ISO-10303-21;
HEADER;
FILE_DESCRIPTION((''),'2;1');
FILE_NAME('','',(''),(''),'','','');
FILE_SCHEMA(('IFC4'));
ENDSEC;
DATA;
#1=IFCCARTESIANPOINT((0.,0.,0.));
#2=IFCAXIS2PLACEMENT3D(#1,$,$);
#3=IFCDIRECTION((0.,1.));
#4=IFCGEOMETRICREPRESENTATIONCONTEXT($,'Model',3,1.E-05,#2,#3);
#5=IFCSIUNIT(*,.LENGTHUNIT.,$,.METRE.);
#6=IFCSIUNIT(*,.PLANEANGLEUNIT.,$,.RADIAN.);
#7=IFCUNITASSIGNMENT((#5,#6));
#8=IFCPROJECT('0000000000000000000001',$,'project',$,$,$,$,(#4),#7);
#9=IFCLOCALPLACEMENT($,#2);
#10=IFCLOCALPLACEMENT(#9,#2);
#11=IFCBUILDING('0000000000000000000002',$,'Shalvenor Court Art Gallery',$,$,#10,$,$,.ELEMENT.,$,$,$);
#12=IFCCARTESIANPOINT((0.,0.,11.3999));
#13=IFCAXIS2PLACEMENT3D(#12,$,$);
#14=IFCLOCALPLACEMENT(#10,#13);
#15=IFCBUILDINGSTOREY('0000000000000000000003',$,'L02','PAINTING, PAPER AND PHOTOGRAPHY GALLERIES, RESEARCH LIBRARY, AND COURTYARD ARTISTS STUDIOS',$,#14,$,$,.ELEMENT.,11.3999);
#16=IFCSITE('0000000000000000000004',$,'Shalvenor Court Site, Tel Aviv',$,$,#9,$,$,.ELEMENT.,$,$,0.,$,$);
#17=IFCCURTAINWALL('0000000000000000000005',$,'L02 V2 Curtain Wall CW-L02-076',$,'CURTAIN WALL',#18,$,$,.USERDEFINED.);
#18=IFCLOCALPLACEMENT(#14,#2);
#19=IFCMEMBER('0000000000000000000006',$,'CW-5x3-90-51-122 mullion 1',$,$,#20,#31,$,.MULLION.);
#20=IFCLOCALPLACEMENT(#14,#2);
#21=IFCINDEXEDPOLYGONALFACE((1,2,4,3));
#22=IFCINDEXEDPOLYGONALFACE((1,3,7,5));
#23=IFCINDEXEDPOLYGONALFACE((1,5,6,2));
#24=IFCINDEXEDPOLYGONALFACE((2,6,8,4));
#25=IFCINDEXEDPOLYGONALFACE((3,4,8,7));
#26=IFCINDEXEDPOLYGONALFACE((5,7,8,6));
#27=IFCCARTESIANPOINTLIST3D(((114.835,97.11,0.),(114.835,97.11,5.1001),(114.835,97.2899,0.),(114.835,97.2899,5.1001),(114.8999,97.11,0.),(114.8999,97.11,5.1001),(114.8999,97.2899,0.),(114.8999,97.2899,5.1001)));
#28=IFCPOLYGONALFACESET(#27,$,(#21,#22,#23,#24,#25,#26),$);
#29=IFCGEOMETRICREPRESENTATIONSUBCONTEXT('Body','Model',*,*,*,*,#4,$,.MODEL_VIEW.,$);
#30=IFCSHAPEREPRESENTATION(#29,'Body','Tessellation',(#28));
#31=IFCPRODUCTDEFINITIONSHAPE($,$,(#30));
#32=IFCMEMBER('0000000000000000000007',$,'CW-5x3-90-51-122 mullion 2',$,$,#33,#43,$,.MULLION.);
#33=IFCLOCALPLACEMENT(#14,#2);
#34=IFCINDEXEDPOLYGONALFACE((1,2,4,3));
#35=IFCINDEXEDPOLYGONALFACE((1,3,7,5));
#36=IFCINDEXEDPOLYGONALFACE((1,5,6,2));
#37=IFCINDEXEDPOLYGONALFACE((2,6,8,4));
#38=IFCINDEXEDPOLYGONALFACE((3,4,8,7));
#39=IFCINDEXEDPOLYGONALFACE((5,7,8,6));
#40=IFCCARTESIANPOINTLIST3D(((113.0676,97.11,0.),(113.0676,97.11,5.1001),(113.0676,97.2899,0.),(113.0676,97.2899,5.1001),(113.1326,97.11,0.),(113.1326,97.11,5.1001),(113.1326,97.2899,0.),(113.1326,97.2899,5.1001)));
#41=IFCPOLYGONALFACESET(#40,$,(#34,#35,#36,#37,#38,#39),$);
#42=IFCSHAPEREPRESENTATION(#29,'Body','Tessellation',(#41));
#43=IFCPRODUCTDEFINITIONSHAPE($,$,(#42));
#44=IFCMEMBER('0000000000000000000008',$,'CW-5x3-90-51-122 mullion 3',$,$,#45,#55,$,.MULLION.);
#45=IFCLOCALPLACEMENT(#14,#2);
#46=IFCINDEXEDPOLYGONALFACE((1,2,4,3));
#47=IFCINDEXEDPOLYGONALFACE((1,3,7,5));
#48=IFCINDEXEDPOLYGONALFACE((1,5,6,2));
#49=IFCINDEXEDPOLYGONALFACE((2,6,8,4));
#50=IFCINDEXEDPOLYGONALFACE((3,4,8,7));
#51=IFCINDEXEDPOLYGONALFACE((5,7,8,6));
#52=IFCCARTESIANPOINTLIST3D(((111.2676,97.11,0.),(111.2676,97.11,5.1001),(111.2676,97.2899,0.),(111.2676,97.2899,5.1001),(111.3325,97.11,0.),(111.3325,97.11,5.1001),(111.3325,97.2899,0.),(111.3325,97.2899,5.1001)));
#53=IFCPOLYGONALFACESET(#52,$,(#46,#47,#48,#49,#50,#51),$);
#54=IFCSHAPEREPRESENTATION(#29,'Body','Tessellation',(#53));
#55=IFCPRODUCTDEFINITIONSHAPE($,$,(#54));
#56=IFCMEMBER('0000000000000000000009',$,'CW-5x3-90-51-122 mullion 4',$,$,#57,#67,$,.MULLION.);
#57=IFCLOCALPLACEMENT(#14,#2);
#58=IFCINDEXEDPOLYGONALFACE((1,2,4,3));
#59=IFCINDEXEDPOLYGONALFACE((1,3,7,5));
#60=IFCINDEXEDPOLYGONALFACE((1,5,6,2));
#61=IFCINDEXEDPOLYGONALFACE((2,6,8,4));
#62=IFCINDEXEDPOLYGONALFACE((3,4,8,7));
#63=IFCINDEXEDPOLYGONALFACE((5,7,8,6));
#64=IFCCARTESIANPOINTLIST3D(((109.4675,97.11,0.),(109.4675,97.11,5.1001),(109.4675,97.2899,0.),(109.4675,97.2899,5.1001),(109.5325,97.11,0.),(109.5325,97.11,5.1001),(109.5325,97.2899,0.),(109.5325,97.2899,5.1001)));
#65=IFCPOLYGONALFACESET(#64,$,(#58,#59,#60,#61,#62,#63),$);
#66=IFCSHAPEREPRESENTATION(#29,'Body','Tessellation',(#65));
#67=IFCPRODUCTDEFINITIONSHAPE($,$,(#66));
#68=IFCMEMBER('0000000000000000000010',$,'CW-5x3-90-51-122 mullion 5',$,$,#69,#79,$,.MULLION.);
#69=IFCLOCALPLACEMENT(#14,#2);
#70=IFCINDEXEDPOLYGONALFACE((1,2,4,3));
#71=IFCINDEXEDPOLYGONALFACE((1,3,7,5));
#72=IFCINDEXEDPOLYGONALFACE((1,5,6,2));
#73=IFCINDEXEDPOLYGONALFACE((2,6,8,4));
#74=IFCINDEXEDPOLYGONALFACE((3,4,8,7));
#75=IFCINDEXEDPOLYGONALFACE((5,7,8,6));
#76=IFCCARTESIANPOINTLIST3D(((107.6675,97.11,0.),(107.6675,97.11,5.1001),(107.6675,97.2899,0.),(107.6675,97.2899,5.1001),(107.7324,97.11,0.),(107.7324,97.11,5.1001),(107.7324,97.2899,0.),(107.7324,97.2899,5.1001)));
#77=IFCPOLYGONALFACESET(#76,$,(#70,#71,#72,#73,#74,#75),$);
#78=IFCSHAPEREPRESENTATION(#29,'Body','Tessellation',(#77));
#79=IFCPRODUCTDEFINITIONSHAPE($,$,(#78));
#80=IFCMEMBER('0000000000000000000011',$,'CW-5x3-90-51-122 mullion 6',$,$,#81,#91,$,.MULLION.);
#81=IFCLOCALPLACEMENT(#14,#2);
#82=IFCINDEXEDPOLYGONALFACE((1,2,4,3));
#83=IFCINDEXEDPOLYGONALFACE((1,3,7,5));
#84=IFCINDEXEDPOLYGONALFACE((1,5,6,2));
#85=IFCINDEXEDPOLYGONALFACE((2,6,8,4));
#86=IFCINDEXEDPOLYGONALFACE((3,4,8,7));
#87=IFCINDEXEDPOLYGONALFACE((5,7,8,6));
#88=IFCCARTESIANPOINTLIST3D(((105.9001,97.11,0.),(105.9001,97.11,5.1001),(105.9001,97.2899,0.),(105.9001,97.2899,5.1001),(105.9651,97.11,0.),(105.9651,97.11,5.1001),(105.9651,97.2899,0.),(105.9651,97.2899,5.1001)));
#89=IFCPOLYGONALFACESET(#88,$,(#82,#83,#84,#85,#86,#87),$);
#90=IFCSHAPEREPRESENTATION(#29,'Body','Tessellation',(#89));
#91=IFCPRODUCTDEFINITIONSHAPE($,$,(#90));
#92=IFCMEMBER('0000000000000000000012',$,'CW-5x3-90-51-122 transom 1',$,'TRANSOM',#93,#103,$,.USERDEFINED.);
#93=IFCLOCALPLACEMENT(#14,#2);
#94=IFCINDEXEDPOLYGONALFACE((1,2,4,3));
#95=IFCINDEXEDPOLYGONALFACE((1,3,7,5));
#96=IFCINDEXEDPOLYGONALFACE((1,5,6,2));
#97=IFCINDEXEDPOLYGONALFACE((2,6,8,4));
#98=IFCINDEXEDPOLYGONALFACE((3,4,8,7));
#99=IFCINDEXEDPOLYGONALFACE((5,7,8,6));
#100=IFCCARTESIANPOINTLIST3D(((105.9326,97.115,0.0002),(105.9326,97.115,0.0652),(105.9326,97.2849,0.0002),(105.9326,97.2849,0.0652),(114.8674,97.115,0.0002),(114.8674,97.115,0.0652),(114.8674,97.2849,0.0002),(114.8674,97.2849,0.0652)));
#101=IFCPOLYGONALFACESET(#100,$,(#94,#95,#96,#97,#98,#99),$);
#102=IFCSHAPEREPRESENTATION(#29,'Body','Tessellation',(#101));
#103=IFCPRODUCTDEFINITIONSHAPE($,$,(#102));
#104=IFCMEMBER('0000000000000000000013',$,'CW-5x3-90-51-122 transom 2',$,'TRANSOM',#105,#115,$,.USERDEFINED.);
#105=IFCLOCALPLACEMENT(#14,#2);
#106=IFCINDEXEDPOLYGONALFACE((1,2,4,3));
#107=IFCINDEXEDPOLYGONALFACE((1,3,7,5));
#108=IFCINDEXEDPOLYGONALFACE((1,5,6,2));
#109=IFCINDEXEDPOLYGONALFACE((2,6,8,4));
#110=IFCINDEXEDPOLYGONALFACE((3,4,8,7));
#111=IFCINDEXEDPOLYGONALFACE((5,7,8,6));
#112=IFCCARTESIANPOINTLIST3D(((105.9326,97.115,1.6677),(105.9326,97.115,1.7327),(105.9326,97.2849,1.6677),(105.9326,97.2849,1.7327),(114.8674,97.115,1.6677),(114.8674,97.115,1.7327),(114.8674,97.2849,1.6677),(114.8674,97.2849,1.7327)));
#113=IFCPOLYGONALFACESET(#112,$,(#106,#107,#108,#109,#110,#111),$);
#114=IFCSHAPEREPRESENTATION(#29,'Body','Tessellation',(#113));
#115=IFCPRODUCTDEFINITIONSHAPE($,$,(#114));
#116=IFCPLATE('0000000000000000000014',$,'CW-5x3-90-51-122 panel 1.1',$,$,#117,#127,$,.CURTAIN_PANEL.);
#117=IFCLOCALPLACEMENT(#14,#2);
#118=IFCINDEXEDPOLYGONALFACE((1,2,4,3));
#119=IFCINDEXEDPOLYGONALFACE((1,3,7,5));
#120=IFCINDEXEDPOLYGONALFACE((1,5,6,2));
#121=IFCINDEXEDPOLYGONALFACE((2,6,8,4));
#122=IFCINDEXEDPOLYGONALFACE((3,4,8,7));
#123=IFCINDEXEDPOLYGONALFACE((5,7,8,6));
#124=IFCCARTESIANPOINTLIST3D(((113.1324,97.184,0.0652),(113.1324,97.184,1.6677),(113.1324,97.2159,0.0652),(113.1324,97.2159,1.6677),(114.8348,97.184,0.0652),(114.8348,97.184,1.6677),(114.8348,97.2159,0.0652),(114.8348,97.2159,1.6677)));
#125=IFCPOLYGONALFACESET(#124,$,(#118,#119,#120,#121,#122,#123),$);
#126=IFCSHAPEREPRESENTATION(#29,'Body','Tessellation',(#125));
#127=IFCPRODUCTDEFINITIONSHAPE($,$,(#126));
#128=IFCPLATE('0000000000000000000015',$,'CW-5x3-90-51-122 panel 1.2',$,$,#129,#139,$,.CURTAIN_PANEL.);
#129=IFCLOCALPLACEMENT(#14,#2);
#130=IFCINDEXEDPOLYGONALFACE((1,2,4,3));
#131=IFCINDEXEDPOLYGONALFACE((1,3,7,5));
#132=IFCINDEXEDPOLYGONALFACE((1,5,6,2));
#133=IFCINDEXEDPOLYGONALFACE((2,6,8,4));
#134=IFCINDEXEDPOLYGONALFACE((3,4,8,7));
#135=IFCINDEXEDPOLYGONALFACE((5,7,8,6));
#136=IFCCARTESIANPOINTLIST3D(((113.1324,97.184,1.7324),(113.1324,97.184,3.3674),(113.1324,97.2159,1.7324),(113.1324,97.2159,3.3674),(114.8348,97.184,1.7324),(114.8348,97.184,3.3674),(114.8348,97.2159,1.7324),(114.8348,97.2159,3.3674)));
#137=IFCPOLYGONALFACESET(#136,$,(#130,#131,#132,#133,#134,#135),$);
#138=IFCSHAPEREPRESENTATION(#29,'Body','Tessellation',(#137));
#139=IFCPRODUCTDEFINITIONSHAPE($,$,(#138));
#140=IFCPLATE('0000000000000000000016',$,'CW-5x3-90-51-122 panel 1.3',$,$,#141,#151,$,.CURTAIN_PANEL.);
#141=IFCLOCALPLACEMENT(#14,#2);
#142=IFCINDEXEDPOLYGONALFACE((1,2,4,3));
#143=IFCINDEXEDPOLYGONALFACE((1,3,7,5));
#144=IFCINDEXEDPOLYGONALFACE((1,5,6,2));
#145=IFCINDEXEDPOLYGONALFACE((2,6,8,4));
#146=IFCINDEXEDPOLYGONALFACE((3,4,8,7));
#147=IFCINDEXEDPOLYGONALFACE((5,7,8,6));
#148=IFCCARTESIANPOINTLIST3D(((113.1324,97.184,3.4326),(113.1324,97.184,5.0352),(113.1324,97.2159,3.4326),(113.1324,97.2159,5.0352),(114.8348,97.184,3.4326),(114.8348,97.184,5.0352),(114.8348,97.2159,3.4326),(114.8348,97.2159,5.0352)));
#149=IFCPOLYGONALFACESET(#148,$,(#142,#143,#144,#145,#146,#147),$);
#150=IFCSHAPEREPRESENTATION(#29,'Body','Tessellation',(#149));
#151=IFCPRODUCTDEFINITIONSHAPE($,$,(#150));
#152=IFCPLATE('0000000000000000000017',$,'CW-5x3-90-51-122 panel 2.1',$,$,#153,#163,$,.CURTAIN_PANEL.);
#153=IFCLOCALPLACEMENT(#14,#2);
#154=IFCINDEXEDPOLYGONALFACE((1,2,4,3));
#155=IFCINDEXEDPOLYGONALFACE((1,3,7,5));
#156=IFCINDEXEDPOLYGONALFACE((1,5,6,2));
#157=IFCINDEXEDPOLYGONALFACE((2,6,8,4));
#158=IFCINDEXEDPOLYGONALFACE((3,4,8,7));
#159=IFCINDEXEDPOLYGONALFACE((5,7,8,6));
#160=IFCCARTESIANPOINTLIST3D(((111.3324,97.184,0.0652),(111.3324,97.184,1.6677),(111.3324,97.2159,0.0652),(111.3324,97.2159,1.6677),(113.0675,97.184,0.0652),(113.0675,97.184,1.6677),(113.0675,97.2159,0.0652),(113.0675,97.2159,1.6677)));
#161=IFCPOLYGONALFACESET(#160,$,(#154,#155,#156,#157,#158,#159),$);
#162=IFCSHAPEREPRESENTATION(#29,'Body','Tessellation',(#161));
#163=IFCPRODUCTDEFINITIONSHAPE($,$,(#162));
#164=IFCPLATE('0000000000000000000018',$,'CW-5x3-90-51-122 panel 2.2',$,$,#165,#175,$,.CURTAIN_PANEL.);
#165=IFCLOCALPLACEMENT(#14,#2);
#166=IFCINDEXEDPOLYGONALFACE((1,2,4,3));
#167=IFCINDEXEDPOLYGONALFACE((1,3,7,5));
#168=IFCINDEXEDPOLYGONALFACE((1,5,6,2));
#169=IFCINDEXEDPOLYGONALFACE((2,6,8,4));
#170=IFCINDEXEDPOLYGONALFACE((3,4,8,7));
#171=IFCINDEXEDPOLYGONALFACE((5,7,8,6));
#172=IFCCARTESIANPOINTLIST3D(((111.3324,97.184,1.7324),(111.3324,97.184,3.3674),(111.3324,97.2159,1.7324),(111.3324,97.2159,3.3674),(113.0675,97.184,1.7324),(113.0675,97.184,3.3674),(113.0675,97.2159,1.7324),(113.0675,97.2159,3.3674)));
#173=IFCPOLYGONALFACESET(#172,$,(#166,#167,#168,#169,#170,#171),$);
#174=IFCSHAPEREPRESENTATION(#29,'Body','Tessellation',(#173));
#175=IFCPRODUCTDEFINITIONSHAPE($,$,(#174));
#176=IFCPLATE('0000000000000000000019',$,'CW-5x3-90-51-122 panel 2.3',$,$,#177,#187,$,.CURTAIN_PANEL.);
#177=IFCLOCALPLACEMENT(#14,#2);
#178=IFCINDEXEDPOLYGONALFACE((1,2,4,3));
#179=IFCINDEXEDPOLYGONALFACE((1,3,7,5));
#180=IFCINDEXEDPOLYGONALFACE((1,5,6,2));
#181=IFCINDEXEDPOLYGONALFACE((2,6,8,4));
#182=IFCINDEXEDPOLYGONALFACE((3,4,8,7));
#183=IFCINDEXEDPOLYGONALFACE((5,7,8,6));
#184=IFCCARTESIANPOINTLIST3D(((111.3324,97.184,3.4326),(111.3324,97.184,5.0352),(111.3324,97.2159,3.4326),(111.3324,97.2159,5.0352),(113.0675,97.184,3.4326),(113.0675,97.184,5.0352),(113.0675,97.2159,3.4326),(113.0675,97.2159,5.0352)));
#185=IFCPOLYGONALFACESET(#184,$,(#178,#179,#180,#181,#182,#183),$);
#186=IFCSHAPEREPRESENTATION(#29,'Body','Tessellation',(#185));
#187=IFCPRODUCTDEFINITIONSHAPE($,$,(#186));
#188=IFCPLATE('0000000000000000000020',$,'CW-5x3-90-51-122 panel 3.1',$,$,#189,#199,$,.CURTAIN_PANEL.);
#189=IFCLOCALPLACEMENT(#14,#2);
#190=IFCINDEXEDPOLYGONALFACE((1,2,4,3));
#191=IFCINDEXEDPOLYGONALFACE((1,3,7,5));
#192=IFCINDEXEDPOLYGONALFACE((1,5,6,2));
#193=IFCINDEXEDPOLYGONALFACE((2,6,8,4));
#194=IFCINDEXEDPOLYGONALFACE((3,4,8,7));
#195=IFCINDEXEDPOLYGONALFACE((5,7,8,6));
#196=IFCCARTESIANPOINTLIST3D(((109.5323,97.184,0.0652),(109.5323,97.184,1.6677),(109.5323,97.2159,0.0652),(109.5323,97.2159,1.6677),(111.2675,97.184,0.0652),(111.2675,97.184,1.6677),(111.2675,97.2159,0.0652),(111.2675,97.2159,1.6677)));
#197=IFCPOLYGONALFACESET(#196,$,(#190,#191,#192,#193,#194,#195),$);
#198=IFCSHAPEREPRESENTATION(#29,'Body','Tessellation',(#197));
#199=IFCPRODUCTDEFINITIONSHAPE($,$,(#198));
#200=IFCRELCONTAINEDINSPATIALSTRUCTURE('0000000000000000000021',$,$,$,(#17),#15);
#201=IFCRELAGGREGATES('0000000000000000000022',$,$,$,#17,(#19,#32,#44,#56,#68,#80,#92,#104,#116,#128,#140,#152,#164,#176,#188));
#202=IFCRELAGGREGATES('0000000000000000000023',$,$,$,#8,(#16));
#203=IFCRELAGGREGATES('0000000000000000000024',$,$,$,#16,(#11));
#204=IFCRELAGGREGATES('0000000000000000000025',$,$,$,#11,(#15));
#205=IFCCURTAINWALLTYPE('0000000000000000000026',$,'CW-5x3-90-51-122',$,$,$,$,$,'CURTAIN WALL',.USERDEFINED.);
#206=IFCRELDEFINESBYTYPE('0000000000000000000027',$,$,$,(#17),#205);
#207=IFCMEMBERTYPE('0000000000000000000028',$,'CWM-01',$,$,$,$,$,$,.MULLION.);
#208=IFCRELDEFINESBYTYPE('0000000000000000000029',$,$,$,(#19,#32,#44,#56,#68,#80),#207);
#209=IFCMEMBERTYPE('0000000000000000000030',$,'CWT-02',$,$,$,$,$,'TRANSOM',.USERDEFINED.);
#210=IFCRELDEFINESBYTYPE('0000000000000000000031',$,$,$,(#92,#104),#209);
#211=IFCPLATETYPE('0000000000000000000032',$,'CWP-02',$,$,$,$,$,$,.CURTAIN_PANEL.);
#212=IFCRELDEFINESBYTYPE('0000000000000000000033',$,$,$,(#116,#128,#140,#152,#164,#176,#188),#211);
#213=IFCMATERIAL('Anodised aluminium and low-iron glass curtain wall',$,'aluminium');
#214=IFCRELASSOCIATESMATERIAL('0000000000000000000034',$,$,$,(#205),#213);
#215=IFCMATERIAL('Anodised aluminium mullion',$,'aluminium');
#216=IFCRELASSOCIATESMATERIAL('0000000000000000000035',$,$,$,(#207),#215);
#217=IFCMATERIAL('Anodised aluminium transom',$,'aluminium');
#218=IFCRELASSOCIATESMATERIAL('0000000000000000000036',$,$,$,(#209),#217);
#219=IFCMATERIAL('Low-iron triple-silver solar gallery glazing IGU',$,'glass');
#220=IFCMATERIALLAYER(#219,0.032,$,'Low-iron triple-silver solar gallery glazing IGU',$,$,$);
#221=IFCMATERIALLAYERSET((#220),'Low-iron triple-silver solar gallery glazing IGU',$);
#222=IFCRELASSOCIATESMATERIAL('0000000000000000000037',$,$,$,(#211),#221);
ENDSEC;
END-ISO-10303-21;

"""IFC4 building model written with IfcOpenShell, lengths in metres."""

from ifc_helpers import new_model, si_unit, direction, frame, origin, origin_2d, place, context, subcontext, project, spatial, rectangle, extrude, material, layer, layer_set, material_profile, profile_set, type_object, element, aggregate, save


model = new_model("IFC4")

# Units and contexts
model_context = context("Model", 3, precision=1e-05, world=origin(), true_north=direction((0.0, 1.0)))
body_context = subcontext(model_context, "Body", "Model", "MODEL_VIEW")
ifc_project = project(units=[si_unit("LENGTHUNIT", "METRE"), si_unit("PLANEANGLEUNIT", "RADIAN")], contexts=[model_context])

# Site, building, storey
site_placement = place(None, origin())
site = spatial("IfcSite", under=ifc_project, at=site_placement, Name="Shalvenor Court Site, Tel Aviv", CompositionType="ELEMENT", RefElevation=0.0)
building_placement = place(site_placement, origin())
building = spatial("IfcBuilding", under=site, at=building_placement, Name="Shalvenor Court Art Gallery", CompositionType="ELEMENT")
storey_placement = place(building_placement, frame((0.0, 0.0, 11.3999)))
storey = spatial("IfcBuildingStorey", under=building, at=storey_placement, Name="L02", Description="PAINTING, PAPER AND PHOTOGRAPHY GALLERIES, RESEARCH LIBRARY, AND COURTYARD ARTISTS STUDIOS", CompositionType="ELEMENT", Elevation=11.3999)

# Curtain wall, members, plates
ifc_material_1 = material(Name="Anodised aluminium and low-iron glass curtain wall", Category="aluminium")
curtain_wall_type = type_object("IfcCurtainWallType", Name="CW-5x3-90-51-122", ElementType="CURTAIN WALL", PredefinedType="USERDEFINED", material=ifc_material_1)
curtain_wall_placement = place(storey_placement, origin())
curtain_wall = element("IfcCurtainWall", 1, at=curtain_wall_placement, inside=storey, type_object=curtain_wall_type, Name="L02 V2 Curtain Wall CW-L02-076", ObjectType="CURTAIN WALL", PredefinedType="USERDEFINED")
ifc_material_2 = material(Name="Anodised aluminium mullion", Category="aluminium")
ifc_material_profile_1 = material_profile(ifc_material_2, rectangle(XDim=0.0649, YDim=0.1799, at=origin_2d()), Name="CWM-01")
ifc_profile_set_1 = profile_set([ifc_material_profile_1], Name="Anodised aluminium mullion")
member_type_1 = type_object("IfcMemberType", Name="CWM-01", PredefinedType="MULLION", material=ifc_profile_set_1)
member_1_placement = place(storey_placement, frame((114.8674, 97.2, 0.0), z_axis=(0.0, 0.0, 1.0), x_axis=(-1.0, 0.0, 0.0)))
member_1 = element("IfcMember", 2, at=member_1_placement, type_object=member_type_1, Name="CW-5x3-90-51-122 mullion 1", PredefinedType="MULLION", context=body_context, shape_type="SweptSolid", body=[
    extrude(rectangle(XDim=0.0649, YDim=0.1799, at=origin_2d()), origin(), (0.0, 0.0, 1.0), 5.1001),
])
member_2_placement = place(storey_placement, frame((113.1001, 97.2, 0.0), z_axis=(0.0, 0.0, 1.0), x_axis=(-1.0, 0.0, 0.0)))
member_2 = element("IfcMember", 3, at=member_2_placement, type_object=member_type_1, Name="CW-5x3-90-51-122 mullion 2", PredefinedType="MULLION", context=body_context, shape_type="SweptSolid", body=[
    extrude(rectangle(XDim=0.0649, YDim=0.1799, at=origin_2d()), origin(), (0.0, 0.0, 1.0), 5.1001),
])
member_3_placement = place(storey_placement, frame((111.3, 97.2, 0.0), z_axis=(0.0, 0.0, 1.0), x_axis=(-1.0, 0.0, 0.0)))
member_3 = element("IfcMember", 4, at=member_3_placement, type_object=member_type_1, Name="CW-5x3-90-51-122 mullion 3", PredefinedType="MULLION", context=body_context, shape_type="SweptSolid", body=[
    extrude(rectangle(XDim=0.0649, YDim=0.1799, at=origin_2d()), origin(), (0.0, 0.0, 1.0), 5.1001),
])
member_4_placement = place(storey_placement, frame((109.5, 97.2, 0.0), z_axis=(0.0, 0.0, 1.0), x_axis=(-1.0, 0.0, 0.0)))
member_4 = element("IfcMember", 5, at=member_4_placement, type_object=member_type_1, Name="CW-5x3-90-51-122 mullion 4", PredefinedType="MULLION", context=body_context, shape_type="SweptSolid", body=[
    extrude(rectangle(XDim=0.0649, YDim=0.1799, at=origin_2d()), origin(), (0.0, 0.0, 1.0), 5.1001),
])
member_5_placement = place(storey_placement, frame((107.7, 97.2, 0.0), z_axis=(0.0, 0.0, 1.0), x_axis=(-1.0, 0.0, 0.0)))
member_5 = element("IfcMember", 6, at=member_5_placement, type_object=member_type_1, Name="CW-5x3-90-51-122 mullion 5", PredefinedType="MULLION", context=body_context, shape_type="SweptSolid", body=[
    extrude(rectangle(XDim=0.0649, YDim=0.1799, at=origin_2d()), origin(), (0.0, 0.0, 1.0), 5.1001),
])
member_6_placement = place(storey_placement, frame((105.9326, 97.2, 0.0), z_axis=(0.0, 0.0, 1.0), x_axis=(-1.0, 0.0, 0.0)))
member_6 = element("IfcMember", 7, at=member_6_placement, type_object=member_type_1, Name="CW-5x3-90-51-122 mullion 6", PredefinedType="MULLION", context=body_context, shape_type="SweptSolid", body=[
    extrude(rectangle(XDim=0.0649, YDim=0.1799, at=origin_2d()), origin(), (0.0, 0.0, 1.0), 5.1001),
])
ifc_material_3 = material(Name="Anodised aluminium transom", Category="aluminium")
ifc_material_profile_2 = material_profile(ifc_material_3, rectangle(XDim=0.1699, YDim=0.0649, at=origin_2d()), Name="CWT-02")
ifc_profile_set_2 = profile_set([ifc_material_profile_2], Name="Anodised aluminium transom")
member_type_2 = type_object("IfcMemberType", Name="CWT-02", ElementType="TRANSOM", PredefinedType="USERDEFINED", material=ifc_profile_set_2)
member_7_placement = place(storey_placement, frame((114.8674, 97.2, 0.0327), z_axis=(-1.0, 0.0, 0.0), x_axis=(0.0, -1.0, 0.0)))
member_7 = element("IfcMember", 8, at=member_7_placement, type_object=member_type_2, Name="CW-5x3-90-51-122 transom 1", ObjectType="TRANSOM", PredefinedType="USERDEFINED", context=body_context, shape_type="SweptSolid", body=[
    extrude(rectangle(XDim=0.1699, YDim=0.0649, at=origin_2d()), origin(), (0.0, 0.0, 1.0), 8.9348),
])
member_8_placement = place(storey_placement, frame((114.8674, 97.2, 1.7002), z_axis=(-1.0, 0.0, 0.0), x_axis=(0.0, -1.0, 0.0)))
member_8 = element("IfcMember", 9, at=member_8_placement, type_object=member_type_2, Name="CW-5x3-90-51-122 transom 2", ObjectType="TRANSOM", PredefinedType="USERDEFINED", context=body_context, shape_type="SweptSolid", body=[
    extrude(rectangle(XDim=0.1699, YDim=0.0649, at=origin_2d()), origin(), (0.0, 0.0, 1.0), 8.9348),
])
ifc_material_4 = material(Name="Low-iron triple-silver solar gallery glazing IGU", Category="glass")
ifc_layer_1 = layer(ifc_material_4, 0.032, Name="Low-iron triple-silver solar gallery glazing IGU")
ifc_layer_set_1 = layer_set([ifc_layer_1], Name="Low-iron triple-silver solar gallery glazing IGU")
plate_type_1 = type_object("IfcPlateType", Name="CWP-02", PredefinedType="CURTAIN_PANEL", material=ifc_layer_set_1)
plate_1_placement = place(storey_placement, frame((113.9836, 97.2, 0.0652), z_axis=(0.0, 0.0, 1.0), x_axis=(-1.0, 0.0, 0.0)))
plate_1 = element("IfcPlate", 10, at=plate_1_placement, type_object=plate_type_1, Name="CW-5x3-90-51-122 panel 1.1", PredefinedType="CURTAIN_PANEL", context=body_context, shape_type="SweptSolid", body=[
    extrude(rectangle(XDim=1.7024, YDim=0.032, at=origin_2d()), origin(), (0.0, 0.0, 1.0), 1.6025),
])
plate_2_placement = place(storey_placement, frame((113.9836, 97.2, 1.7324), z_axis=(0.0, 0.0, 1.0), x_axis=(-1.0, 0.0, 0.0)))
plate_2 = element("IfcPlate", 11, at=plate_2_placement, type_object=plate_type_1, Name="CW-5x3-90-51-122 panel 1.2", PredefinedType="CURTAIN_PANEL", context=body_context, shape_type="SweptSolid", body=[
    extrude(rectangle(XDim=1.7024, YDim=0.032, at=origin_2d()), origin(), (0.0, 0.0, 1.0), 1.635),
])
plate_3_placement = place(storey_placement, frame((113.9836, 97.2, 3.4326), z_axis=(0.0, 0.0, 1.0), x_axis=(-1.0, 0.0, 0.0)))
plate_3 = element("IfcPlate", 12, at=plate_3_placement, type_object=plate_type_1, Name="CW-5x3-90-51-122 panel 1.3", PredefinedType="CURTAIN_PANEL", context=body_context, shape_type="SweptSolid", body=[
    extrude(rectangle(XDim=1.7024, YDim=0.032, at=origin_2d()), origin(), (0.0, 0.0, 1.0), 1.6025),
])
plate_4_placement = place(storey_placement, frame((112.2, 97.2, 0.0652), z_axis=(0.0, 0.0, 1.0), x_axis=(-1.0, 0.0, 0.0)))
plate_4 = element("IfcPlate", 13, at=plate_4_placement, type_object=plate_type_1, Name="CW-5x3-90-51-122 panel 2.1", PredefinedType="CURTAIN_PANEL", context=body_context, shape_type="SweptSolid", body=[
    extrude(rectangle(XDim=1.7351, YDim=0.032, at=origin_2d()), origin(), (0.0, 0.0, 1.0), 1.6025),
])
plate_5_placement = place(storey_placement, frame((112.2, 97.2, 1.7324), z_axis=(0.0, 0.0, 1.0), x_axis=(-1.0, 0.0, 0.0)))
plate_5 = element("IfcPlate", 14, at=plate_5_placement, type_object=plate_type_1, Name="CW-5x3-90-51-122 panel 2.2", PredefinedType="CURTAIN_PANEL", context=body_context, shape_type="SweptSolid", body=[
    extrude(rectangle(XDim=1.7351, YDim=0.032, at=origin_2d()), origin(), (0.0, 0.0, 1.0), 1.635),
])
plate_6_placement = place(storey_placement, frame((112.2, 97.2, 3.4326), z_axis=(0.0, 0.0, 1.0), x_axis=(-1.0, 0.0, 0.0)))
plate_6 = element("IfcPlate", 15, at=plate_6_placement, type_object=plate_type_1, Name="CW-5x3-90-51-122 panel 2.3", PredefinedType="CURTAIN_PANEL", context=body_context, shape_type="SweptSolid", body=[
    extrude(rectangle(XDim=1.7351, YDim=0.032, at=origin_2d()), origin(), (0.0, 0.0, 1.0), 1.6025),
])
plate_7_placement = place(storey_placement, frame((110.3999, 97.2, 0.0652), z_axis=(0.0, 0.0, 1.0), x_axis=(-1.0, 0.0, 0.0)))
plate_7 = element("IfcPlate", 16, at=plate_7_placement, type_object=plate_type_1, Name="CW-5x3-90-51-122 panel 3.1", PredefinedType="CURTAIN_PANEL", context=body_context, shape_type="SweptSolid", body=[
    extrude(rectangle(XDim=1.7351, YDim=0.032, at=origin_2d()), origin(), (0.0, 0.0, 1.0), 1.6025),
])
aggregate(curtain_wall, [member_1, member_2, member_3, member_4, member_5, member_6, member_7, member_8, plate_1, plate_2, plate_3, plate_4, plate_5, plate_6, plate_7])

save(model, "model.ifc")
